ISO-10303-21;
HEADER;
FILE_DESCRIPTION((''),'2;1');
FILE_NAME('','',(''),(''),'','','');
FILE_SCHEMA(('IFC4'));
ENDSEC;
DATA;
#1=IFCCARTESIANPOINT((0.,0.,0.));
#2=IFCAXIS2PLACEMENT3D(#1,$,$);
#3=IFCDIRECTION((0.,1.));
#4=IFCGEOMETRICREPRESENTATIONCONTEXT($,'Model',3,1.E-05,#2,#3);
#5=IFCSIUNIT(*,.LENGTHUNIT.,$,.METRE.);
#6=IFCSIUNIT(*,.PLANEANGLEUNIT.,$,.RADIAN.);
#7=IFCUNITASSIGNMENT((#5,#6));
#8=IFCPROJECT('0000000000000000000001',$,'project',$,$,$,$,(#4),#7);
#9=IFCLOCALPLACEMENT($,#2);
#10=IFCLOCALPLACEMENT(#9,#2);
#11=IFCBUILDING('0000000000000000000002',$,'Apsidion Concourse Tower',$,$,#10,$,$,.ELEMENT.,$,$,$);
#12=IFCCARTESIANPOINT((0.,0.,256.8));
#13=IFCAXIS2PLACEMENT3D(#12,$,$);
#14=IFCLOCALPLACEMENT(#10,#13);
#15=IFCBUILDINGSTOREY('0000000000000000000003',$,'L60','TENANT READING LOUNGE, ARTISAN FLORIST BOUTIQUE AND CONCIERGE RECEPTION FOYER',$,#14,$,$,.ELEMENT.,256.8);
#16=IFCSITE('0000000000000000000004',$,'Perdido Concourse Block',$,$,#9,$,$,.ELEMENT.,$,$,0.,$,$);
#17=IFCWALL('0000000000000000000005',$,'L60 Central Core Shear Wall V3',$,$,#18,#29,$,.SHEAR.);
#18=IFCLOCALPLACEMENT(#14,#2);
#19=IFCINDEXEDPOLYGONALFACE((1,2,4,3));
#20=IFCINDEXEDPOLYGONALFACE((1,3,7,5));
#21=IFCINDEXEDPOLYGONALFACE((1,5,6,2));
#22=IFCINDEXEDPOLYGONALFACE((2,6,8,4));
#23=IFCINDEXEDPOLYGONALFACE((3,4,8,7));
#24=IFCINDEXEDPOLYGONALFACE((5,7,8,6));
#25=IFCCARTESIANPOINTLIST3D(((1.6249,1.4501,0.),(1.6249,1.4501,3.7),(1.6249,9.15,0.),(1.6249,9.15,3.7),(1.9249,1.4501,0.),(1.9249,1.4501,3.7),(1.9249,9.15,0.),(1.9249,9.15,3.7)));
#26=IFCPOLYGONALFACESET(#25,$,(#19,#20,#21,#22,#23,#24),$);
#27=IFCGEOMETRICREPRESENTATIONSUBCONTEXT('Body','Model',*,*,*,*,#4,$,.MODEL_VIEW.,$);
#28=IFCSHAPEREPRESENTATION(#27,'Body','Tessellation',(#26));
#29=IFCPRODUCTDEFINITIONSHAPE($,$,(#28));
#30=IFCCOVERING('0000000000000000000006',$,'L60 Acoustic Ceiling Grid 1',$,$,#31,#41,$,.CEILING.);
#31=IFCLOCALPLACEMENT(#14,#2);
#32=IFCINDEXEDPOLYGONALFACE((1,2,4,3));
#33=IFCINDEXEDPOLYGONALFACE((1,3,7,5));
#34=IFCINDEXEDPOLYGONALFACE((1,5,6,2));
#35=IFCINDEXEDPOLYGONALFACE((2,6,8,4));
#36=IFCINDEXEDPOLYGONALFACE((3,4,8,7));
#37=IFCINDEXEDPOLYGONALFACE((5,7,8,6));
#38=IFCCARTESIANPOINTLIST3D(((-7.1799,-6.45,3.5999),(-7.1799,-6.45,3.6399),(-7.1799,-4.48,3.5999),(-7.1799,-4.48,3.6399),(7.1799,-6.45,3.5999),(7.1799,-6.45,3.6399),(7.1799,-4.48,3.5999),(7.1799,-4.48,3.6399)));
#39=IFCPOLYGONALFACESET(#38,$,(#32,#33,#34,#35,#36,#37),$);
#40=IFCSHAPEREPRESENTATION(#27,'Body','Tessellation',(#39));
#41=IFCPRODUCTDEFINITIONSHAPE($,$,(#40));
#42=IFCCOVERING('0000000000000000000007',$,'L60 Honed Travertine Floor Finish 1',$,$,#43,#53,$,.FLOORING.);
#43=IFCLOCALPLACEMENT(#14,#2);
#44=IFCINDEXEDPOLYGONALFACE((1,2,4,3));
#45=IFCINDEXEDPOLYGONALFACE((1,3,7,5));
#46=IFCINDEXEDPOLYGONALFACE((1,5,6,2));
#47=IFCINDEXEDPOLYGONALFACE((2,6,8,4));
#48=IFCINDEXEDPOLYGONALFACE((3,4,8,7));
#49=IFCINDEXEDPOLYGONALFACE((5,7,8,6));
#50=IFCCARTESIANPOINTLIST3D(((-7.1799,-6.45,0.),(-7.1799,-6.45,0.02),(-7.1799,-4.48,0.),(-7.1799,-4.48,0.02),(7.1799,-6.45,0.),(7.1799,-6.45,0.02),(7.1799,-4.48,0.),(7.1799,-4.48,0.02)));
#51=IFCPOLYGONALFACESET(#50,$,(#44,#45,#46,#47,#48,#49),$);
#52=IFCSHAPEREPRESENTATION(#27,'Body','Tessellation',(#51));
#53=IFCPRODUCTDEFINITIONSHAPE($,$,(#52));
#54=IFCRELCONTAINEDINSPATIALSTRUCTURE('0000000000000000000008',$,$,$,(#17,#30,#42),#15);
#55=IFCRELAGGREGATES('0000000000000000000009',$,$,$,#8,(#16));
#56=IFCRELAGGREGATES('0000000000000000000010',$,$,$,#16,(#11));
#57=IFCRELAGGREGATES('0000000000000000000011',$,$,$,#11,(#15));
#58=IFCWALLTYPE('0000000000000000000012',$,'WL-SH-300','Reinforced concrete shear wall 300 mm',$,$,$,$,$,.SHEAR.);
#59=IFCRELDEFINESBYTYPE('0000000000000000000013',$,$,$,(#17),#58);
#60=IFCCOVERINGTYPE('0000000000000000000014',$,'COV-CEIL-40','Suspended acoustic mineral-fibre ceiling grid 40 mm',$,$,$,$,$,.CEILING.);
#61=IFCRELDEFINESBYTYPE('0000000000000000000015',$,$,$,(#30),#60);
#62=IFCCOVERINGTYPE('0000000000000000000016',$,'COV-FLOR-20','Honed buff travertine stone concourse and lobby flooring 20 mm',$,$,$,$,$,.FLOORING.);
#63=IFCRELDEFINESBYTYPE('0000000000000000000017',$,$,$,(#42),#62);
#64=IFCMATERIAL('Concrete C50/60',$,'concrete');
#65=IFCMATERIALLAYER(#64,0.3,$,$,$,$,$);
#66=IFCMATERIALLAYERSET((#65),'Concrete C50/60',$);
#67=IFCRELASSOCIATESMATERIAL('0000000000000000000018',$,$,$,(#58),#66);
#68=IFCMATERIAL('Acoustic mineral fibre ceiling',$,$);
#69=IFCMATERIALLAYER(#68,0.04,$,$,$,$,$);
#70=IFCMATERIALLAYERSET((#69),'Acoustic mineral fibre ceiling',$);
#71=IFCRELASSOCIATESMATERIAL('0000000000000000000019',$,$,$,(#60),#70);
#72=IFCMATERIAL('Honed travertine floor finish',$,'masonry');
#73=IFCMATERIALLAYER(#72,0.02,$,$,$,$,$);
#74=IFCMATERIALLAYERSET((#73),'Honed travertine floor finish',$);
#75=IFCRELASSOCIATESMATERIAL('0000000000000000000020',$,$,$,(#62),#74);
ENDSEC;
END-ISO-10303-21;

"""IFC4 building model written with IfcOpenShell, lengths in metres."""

from ifc_helpers import new_model, si_unit, direction, frame, frame_2d, origin, place, context, subcontext, project, spatial, polyline, rectangle, outline, extrude, material, layer, layer_set, type_object, element, save


model = new_model("IFC4")

# Units and contexts
model_context = context("Model", 3, precision=1e-05, world=origin(), true_north=direction((0.0, 1.0)))
body_context = subcontext(model_context, "Body", "Model", "MODEL_VIEW")
ifc_project = project(units=[si_unit("LENGTHUNIT", "METRE"), si_unit("PLANEANGLEUNIT", "RADIAN")], contexts=[model_context])

# Site, building, storey
site_placement = place(None, origin())
site = spatial("IfcSite", under=ifc_project, at=site_placement, Name="Perdido Concourse Block", CompositionType="ELEMENT", RefElevation=0.0)
building_placement = place(site_placement, origin())
building = spatial("IfcBuilding", under=site, at=building_placement, Name="Apsidion Concourse Tower", CompositionType="ELEMENT")
storey_placement = place(building_placement, frame((0.0, 0.0, 256.8)))
storey = spatial("IfcBuildingStorey", under=building, at=storey_placement, Name="L60", Description="TENANT READING LOUNGE, ARTISAN FLORIST BOUTIQUE AND CONCIERGE RECEPTION FOYER", CompositionType="ELEMENT", Elevation=256.8)

# Shared definitions
ifc_material_1 = material(Name="Concrete C50/60", Category="concrete")

# Wall
ifc_layer_1 = layer(ifc_material_1, 0.3)
ifc_layer_set_1 = layer_set([ifc_layer_1], Name="Concrete C50/60")
wall_type_1 = type_object("IfcWallType", Name="WL-SH-300", Description="Reinforced concrete shear wall 300 mm", PredefinedType="SHEAR", material=ifc_layer_set_1)
wall_1_placement = place(storey_placement, frame((1.7749, 1.45, 0.0), z_axis=(0.0, 0.0, 1.0), x_axis=(0.0, 1.0, 0.0)))
element("IfcWall", 1, at=wall_1_placement, inside=storey, type_object=wall_type_1, Name="L60 Central Core Shear Wall V3", PredefinedType="SHEAR", context=body_context, shape_type="SweptSolid", body=[
    extrude(rectangle(XDim=7.7, YDim=0.3, at=frame_2d((3.8501, 0.0))), origin(), (0.0, 0.0, 1.0), 3.7),
])

# Coverings
ifc_material_2 = material(Name="Acoustic mineral fibre ceiling")
ifc_layer_2 = layer(ifc_material_2, 0.04)
ifc_layer_set_2 = layer_set([ifc_layer_2], Name="Acoustic mineral fibre ceiling")
covering_type_1 = type_object("IfcCoveringType", Name="COV-CEIL-40", Description="Suspended acoustic mineral-fibre ceiling grid 40 mm", PredefinedType="CEILING", material=ifc_layer_set_2)
covering_1_placement = place(storey_placement, frame((0.0, 0.0, 3.5999)))
element("IfcCovering", 2, at=covering_1_placement, inside=storey, type_object=covering_type_1, Name="L60 Acoustic Ceiling Grid 1", PredefinedType="CEILING", context=body_context, shape_type="SweptSolid", body=[
    extrude(outline(polyline([(-7.1799, -6.45), (-7.1799, -4.48), (7.1799, -4.48), (7.1799, -6.45), (-7.1799, -6.45)])), origin(), (0.0, 0.0, 1.0), 0.04),
])
ifc_material_3 = material(Name="Honed travertine floor finish", Category="masonry")
ifc_layer_3 = layer(ifc_material_3, 0.02)
ifc_layer_set_3 = layer_set([ifc_layer_3], Name="Honed travertine floor finish")
covering_type_2 = type_object("IfcCoveringType", Name="COV-FLOR-20", Description="Honed buff travertine stone concourse and lobby flooring 20 mm", PredefinedType="FLOORING", material=ifc_layer_set_3)
covering_2_placement = place(storey_placement, origin())
element("IfcCovering", 3, at=covering_2_placement, inside=storey, type_object=covering_type_2, Name="L60 Honed Travertine Floor Finish 1", PredefinedType="FLOORING", context=body_context, shape_type="SweptSolid", body=[
    extrude(outline(polyline([(-7.1799, -6.45), (-7.1799, -4.48), (7.1799, -4.48), (7.1799, -6.45), (-7.1799, -6.45)])), origin(), (0.0, 0.0, 1.0), 0.02),
])

save(model, "model.ifc")
